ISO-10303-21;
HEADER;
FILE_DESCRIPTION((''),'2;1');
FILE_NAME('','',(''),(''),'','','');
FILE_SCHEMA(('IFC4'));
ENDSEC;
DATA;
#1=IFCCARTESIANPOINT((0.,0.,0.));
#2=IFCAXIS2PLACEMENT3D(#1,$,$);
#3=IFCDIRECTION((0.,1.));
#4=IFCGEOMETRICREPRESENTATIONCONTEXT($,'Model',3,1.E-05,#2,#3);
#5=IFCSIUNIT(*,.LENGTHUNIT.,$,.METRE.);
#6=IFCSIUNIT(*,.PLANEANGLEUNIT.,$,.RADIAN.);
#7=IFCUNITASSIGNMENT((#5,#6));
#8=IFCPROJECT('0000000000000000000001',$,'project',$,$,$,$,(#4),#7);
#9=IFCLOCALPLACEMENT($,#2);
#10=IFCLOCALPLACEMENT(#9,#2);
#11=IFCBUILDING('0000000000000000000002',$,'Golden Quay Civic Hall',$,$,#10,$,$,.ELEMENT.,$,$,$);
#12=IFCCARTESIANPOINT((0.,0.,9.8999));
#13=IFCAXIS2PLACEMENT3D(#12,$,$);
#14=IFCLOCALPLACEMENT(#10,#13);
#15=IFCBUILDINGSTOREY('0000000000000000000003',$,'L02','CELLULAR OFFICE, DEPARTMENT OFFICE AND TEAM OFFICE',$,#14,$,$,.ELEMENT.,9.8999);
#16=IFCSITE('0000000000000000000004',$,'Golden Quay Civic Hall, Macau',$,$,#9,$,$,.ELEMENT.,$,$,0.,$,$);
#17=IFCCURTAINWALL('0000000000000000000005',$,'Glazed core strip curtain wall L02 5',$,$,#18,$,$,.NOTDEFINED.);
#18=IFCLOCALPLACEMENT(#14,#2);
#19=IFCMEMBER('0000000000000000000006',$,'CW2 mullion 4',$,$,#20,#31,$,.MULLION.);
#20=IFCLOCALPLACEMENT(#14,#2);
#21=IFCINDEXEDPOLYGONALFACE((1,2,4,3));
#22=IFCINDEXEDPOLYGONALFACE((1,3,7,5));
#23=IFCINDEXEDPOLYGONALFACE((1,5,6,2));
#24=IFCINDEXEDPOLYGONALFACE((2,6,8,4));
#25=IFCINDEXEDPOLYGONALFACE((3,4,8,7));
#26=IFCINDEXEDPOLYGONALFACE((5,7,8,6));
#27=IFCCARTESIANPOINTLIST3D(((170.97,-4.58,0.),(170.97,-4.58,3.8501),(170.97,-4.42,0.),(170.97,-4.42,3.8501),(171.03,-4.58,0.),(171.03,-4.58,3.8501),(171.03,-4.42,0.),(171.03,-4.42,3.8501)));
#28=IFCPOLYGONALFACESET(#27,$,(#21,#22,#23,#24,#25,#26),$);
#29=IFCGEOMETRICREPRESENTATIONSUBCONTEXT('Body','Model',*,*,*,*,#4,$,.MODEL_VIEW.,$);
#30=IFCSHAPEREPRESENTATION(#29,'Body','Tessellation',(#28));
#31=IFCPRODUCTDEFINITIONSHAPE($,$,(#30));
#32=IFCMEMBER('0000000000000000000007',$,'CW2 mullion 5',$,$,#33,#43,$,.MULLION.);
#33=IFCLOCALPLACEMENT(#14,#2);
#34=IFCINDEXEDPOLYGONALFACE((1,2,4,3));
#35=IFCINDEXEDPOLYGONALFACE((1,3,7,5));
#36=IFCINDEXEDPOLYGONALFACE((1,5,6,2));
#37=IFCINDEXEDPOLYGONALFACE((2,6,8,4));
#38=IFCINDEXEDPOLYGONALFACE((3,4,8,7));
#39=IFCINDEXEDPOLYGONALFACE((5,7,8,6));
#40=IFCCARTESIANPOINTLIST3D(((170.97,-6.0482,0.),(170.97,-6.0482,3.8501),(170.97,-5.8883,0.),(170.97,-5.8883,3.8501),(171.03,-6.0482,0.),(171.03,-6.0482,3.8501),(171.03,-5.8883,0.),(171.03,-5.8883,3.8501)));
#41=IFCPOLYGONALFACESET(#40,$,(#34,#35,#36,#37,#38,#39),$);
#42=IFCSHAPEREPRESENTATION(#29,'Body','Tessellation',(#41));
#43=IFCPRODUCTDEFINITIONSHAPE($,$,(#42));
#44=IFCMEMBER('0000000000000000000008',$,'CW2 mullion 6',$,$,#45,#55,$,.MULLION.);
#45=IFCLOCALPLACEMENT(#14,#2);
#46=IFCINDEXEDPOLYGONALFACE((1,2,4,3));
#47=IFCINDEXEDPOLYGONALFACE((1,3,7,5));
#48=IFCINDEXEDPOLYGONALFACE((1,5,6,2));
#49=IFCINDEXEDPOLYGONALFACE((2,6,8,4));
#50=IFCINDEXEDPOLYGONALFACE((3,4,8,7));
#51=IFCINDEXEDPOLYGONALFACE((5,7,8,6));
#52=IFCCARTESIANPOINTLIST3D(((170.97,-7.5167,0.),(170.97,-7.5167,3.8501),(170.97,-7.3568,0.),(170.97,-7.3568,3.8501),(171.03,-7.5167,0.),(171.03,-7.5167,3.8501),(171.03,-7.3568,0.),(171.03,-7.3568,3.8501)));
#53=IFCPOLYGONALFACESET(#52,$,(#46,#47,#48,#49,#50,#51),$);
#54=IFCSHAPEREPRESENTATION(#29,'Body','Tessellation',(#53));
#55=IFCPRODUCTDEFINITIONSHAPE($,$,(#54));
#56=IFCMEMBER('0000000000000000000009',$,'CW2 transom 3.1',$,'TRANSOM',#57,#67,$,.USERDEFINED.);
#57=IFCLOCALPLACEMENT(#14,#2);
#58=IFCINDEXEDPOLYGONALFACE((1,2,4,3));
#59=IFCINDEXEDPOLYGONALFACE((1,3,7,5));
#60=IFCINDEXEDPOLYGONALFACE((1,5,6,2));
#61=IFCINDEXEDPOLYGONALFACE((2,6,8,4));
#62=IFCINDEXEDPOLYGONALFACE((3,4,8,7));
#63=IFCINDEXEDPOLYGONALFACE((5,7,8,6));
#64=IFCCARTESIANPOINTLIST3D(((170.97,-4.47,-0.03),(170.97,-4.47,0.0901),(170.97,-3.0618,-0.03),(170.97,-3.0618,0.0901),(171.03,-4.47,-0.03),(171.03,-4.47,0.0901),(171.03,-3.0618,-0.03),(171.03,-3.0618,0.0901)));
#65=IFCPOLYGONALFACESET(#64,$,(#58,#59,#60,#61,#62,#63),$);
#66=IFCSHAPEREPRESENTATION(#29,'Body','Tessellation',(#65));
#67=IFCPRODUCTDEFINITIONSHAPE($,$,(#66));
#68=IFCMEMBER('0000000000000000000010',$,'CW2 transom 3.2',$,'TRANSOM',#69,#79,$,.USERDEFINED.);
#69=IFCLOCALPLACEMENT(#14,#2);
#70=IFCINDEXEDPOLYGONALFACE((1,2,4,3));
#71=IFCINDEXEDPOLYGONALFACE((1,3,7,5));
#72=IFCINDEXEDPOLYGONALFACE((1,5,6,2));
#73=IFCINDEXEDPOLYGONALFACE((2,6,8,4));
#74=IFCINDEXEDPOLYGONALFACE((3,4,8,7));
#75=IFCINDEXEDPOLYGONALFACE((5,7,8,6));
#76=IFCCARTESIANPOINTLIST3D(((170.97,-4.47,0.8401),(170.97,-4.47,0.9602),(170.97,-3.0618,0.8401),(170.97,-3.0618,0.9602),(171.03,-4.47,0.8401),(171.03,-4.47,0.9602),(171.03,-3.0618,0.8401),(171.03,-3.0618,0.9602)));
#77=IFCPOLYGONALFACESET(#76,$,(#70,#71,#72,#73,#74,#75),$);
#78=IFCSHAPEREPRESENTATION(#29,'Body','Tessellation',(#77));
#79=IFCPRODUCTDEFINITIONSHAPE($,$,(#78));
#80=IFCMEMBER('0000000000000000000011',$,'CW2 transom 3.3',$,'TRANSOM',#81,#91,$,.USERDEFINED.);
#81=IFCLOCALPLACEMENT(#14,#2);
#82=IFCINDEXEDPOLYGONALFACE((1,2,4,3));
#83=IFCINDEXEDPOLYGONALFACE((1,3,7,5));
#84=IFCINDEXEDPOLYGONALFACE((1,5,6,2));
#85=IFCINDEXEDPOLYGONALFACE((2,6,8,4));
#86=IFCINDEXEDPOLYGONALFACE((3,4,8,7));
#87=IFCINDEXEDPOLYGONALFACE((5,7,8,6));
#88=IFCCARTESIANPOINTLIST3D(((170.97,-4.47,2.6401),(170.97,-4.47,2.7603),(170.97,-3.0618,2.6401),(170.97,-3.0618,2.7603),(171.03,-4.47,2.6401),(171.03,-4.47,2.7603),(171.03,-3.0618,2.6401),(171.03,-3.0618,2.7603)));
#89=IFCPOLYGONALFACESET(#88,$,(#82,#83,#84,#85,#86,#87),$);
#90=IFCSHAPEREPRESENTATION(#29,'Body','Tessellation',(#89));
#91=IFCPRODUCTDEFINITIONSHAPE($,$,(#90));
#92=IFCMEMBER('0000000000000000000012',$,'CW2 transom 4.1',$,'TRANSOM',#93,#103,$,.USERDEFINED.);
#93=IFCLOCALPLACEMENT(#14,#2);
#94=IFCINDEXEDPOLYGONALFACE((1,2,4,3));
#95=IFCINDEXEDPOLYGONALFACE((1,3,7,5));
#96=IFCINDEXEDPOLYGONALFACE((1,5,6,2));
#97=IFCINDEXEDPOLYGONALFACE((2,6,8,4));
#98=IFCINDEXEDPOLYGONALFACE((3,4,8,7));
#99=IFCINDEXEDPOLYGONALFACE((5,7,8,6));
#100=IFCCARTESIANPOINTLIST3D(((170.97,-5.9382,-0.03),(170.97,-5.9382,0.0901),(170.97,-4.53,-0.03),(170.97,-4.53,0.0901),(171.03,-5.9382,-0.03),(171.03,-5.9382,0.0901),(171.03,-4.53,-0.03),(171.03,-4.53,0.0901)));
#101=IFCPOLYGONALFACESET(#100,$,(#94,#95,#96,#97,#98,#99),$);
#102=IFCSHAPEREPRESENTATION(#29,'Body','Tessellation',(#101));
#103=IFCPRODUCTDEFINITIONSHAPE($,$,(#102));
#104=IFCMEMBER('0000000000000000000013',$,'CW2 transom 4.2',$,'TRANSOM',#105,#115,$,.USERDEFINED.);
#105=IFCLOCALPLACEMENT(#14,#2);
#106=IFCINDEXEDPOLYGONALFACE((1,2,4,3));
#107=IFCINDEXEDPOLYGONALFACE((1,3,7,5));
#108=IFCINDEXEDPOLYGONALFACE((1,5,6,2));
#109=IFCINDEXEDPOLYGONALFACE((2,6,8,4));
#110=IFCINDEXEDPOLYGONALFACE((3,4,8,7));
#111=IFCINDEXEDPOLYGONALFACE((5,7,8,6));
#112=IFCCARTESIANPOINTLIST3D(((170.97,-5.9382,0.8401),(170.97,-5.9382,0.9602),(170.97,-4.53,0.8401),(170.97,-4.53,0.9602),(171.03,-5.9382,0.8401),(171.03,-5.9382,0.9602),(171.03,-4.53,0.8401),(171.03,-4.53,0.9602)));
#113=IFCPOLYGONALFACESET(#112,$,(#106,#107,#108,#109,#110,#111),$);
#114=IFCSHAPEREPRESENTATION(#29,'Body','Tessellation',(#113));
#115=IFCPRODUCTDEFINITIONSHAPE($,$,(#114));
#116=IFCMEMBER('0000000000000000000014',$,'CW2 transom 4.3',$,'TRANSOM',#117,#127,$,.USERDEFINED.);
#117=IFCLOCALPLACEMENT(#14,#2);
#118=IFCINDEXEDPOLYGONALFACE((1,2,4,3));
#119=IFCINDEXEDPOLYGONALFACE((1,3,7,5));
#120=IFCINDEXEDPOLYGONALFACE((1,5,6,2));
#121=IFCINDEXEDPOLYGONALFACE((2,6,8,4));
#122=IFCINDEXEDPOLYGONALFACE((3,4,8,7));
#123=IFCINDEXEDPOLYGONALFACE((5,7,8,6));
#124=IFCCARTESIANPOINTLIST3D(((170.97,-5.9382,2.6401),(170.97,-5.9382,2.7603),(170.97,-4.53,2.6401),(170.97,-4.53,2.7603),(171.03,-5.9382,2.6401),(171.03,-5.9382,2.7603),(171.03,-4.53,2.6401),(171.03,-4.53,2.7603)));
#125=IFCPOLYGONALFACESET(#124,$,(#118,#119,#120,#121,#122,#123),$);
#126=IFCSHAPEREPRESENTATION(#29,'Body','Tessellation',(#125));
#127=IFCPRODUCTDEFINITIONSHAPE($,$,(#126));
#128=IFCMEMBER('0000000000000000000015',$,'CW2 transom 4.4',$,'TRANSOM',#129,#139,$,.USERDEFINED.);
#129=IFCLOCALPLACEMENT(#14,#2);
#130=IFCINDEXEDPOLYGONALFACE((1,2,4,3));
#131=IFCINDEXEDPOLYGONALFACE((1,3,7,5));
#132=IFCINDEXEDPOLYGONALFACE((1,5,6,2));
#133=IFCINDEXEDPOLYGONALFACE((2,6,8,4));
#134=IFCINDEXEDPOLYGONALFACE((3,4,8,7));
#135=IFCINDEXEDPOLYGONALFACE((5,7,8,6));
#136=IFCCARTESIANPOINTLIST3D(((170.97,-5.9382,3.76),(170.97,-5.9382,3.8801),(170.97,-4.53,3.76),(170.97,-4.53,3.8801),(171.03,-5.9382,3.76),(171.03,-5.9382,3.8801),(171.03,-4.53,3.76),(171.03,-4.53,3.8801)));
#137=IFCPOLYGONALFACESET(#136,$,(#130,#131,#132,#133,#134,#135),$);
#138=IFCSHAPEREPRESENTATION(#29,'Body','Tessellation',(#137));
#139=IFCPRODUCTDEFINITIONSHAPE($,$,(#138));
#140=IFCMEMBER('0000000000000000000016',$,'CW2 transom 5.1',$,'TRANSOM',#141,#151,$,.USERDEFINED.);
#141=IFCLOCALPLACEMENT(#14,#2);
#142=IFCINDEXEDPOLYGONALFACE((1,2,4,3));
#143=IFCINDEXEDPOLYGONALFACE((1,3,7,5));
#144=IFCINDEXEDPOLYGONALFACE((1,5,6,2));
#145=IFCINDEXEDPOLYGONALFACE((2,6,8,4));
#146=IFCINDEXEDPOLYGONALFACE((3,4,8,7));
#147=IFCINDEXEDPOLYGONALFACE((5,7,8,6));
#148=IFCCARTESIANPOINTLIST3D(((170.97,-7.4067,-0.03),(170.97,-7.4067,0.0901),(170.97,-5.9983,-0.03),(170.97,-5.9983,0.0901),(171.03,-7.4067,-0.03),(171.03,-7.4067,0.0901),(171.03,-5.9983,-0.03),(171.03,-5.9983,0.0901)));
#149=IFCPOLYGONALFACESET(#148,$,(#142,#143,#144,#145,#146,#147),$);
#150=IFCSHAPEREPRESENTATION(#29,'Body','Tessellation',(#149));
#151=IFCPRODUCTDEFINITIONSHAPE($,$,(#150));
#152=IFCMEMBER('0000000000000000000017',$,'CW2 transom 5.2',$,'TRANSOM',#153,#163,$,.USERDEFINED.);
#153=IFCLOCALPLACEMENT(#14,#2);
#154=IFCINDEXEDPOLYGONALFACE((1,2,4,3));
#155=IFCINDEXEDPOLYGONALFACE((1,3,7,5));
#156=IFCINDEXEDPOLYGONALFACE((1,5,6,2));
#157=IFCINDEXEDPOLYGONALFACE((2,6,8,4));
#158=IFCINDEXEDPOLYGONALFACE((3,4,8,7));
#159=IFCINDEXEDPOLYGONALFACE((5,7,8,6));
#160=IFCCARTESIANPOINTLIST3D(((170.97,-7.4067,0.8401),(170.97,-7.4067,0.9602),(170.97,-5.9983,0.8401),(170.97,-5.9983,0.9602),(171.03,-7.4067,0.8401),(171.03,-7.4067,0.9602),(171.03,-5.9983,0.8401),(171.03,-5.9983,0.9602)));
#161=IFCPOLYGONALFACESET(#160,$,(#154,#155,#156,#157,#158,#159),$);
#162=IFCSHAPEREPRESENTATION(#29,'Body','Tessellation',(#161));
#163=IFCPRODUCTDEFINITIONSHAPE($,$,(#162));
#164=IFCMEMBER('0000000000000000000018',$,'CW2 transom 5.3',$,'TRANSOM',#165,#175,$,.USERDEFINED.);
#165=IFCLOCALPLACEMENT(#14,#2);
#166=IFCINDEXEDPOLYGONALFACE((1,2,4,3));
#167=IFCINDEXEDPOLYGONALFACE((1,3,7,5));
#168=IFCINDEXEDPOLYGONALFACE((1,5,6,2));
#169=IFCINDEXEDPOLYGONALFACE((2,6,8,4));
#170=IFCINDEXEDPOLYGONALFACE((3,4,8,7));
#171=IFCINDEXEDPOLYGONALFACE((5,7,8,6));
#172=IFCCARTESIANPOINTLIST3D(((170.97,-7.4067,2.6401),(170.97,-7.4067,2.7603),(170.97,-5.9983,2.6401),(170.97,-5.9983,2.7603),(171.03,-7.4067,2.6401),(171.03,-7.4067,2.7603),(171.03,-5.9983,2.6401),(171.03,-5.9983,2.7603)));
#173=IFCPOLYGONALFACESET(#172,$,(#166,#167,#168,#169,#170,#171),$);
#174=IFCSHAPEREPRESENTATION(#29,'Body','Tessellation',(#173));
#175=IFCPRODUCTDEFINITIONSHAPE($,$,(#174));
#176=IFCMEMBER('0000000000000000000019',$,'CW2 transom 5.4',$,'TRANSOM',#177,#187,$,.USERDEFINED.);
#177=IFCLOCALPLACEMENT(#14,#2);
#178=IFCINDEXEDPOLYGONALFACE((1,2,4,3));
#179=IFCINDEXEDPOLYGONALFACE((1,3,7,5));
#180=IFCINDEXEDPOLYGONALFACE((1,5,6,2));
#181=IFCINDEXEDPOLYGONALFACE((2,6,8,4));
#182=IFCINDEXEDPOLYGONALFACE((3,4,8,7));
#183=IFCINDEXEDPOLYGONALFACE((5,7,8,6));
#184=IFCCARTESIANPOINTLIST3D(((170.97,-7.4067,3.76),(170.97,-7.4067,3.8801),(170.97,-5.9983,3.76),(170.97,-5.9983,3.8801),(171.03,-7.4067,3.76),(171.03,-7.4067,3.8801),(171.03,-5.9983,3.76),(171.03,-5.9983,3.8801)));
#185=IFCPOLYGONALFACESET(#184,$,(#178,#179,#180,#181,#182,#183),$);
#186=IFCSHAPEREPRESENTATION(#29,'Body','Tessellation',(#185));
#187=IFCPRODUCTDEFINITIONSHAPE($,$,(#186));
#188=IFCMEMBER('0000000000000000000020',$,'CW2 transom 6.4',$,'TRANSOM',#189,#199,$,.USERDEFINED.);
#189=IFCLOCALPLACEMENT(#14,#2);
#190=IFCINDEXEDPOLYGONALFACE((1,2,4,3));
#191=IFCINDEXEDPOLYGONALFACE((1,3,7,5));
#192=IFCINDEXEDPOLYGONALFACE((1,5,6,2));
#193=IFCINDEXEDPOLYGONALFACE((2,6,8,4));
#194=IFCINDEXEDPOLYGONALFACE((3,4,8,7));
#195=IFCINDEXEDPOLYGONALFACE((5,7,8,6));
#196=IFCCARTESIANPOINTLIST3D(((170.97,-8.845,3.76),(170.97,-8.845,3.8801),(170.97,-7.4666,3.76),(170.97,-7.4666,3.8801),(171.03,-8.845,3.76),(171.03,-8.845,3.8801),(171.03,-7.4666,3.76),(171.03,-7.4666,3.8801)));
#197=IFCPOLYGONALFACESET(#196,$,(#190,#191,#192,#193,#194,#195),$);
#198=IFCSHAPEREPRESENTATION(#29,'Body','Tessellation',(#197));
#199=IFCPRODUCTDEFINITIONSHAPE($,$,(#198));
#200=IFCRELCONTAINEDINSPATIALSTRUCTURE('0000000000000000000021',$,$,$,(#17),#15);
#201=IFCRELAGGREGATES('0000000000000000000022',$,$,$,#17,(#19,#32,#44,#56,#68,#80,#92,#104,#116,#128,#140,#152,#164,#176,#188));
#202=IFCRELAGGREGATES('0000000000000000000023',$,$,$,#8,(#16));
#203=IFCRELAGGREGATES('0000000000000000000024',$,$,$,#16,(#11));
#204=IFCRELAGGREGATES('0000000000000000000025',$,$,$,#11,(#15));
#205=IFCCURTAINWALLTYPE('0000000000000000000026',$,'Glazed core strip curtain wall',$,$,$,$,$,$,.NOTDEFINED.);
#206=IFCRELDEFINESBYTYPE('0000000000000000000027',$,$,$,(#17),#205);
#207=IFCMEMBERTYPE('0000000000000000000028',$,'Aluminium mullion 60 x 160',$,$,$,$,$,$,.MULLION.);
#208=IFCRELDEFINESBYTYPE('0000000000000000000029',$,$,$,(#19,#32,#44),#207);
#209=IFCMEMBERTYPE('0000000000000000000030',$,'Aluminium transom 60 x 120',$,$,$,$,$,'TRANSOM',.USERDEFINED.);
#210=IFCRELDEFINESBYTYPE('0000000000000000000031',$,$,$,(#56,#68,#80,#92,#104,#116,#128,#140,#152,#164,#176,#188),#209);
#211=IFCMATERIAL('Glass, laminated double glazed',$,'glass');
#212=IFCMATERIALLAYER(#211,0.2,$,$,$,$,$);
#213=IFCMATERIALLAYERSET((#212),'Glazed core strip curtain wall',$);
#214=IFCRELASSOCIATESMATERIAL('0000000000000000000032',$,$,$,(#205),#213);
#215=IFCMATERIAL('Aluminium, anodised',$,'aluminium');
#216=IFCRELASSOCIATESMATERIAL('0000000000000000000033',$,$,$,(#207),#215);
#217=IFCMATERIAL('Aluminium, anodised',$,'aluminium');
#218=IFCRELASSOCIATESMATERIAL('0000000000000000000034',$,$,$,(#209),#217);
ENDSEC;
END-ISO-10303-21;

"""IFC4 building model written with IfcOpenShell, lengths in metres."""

from ifc_helpers import new_model, si_unit, direction, frame, origin, origin_2d, place, context, subcontext, project, spatial, rectangle, extrude, material, layer, layer_set, material_profile, profile_set, type_object, element, aggregate, save


model = new_model("IFC4")

# Units and contexts
model_context = context("Model", 3, precision=1e-05, world=origin(), true_north=direction((0.0, 1.0)))
body_context = subcontext(model_context, "Body", "Model", "MODEL_VIEW")
ifc_project = project(units=[si_unit("LENGTHUNIT", "METRE"), si_unit("PLANEANGLEUNIT", "RADIAN")], contexts=[model_context])

# Site, building, storey
site_placement = place(None, origin())
site = spatial("IfcSite", under=ifc_project, at=site_placement, Name="Golden Quay Civic Hall, Macau", CompositionType="ELEMENT", RefElevation=0.0)
building_placement = place(site_placement, origin())
building = spatial("IfcBuilding", under=site, at=building_placement, Name="Golden Quay Civic Hall", CompositionType="ELEMENT")
storey_placement = place(building_placement, frame((0.0, 0.0, 9.8999)))
storey = spatial("IfcBuildingStorey", under=building, at=storey_placement, Name="L02", Description="CELLULAR OFFICE, DEPARTMENT OFFICE AND TEAM OFFICE", CompositionType="ELEMENT", Elevation=9.8999)

# Curtain wall, members
ifc_material_1 = material(Name="Glass, laminated double glazed", Category="glass")
ifc_layer_1 = layer(ifc_material_1, 0.2)
ifc_layer_set_1 = layer_set([ifc_layer_1], Name="Glazed core strip curtain wall")
curtain_wall_type = type_object("IfcCurtainWallType", Name="Glazed core strip curtain wall", PredefinedType="NOTDEFINED", material=ifc_layer_set_1)
curtain_wall_placement = place(storey_placement, origin())
curtain_wall = element("IfcCurtainWall", 1, at=curtain_wall_placement, inside=storey, type_object=curtain_wall_type, Name="Glazed core strip curtain wall L02 5", PredefinedType="NOTDEFINED")
ifc_material_2 = material(Name="Aluminium, anodised", Category="aluminium")
ifc_material_profile_1 = material_profile(ifc_material_2, rectangle(XDim=0.0601, YDim=0.1599, at=origin_2d()), Name="Aluminium 60 x 160")
ifc_profile_set_1 = profile_set([ifc_material_profile_1], Name="Aluminium, anodised")
member_type_1 = type_object("IfcMemberType", Name="Aluminium mullion 60 x 160", PredefinedType="MULLION", material=ifc_profile_set_1)
member_1_placement = place(storey_placement, frame((171.0, -4.5, 0.0), z_axis=(0.0, 0.0, 1.0), x_axis=(1.0, 0.0, 0.0)))
member_1 = element("IfcMember", 2, at=member_1_placement, type_object=member_type_1, Name="CW2 mullion 4", PredefinedType="MULLION", context=body_context, shape_type="SweptSolid", body=[
    extrude(rectangle(XDim=0.0601, YDim=0.1599, at=origin_2d()), origin(), (0.0, 0.0, 1.0), 3.8501),
])
member_2_placement = place(storey_placement, frame((171.0, -5.9683, 0.0), z_axis=(0.0, 0.0, 1.0), x_axis=(1.0, 0.0, 0.0)))
member_2 = element("IfcMember", 3, at=member_2_placement, type_object=member_type_1, Name="CW2 mullion 5", PredefinedType="MULLION", context=body_context, shape_type="SweptSolid", body=[
    extrude(rectangle(XDim=0.0601, YDim=0.1599, at=origin_2d()), origin(), (0.0, 0.0, 1.0), 3.8501),
])
member_3_placement = place(storey_placement, frame((171.0, -7.4368, 0.0), z_axis=(0.0, 0.0, 1.0), x_axis=(1.0, 0.0, 0.0)))
member_3 = element("IfcMember", 4, at=member_3_placement, type_object=member_type_1, Name="CW2 mullion 6", PredefinedType="MULLION", context=body_context, shape_type="SweptSolid", body=[
    extrude(rectangle(XDim=0.0601, YDim=0.1599, at=origin_2d()), origin(), (0.0, 0.0, 1.0), 3.8501),
])
ifc_material_3 = material(Name="Aluminium, anodised", Category="aluminium")
ifc_material_profile_2 = material_profile(ifc_material_3, rectangle(XDim=0.0601, YDim=0.1201, at=origin_2d()), Name="Aluminium 60 x 120")
ifc_profile_set_2 = profile_set([ifc_material_profile_2], Name="Aluminium, anodised")
member_type_2 = type_object("IfcMemberType", Name="Aluminium transom 60 x 120", ElementType="TRANSOM", PredefinedType="USERDEFINED", material=ifc_profile_set_2)
member_4_placement = place(storey_placement, frame((171.0, -3.0618, 0.03), z_axis=(0.0, -1.0, 0.0), x_axis=(1.0, 0.0, 0.0)))
member_4 = element("IfcMember", 5, at=member_4_placement, type_object=member_type_2, Name="CW2 transom 3.1", ObjectType="TRANSOM", PredefinedType="USERDEFINED", context=body_context, shape_type="SweptSolid", body=[
    extrude(rectangle(XDim=0.0601, YDim=0.1201, at=origin_2d()), origin(), (0.0, 0.0, 1.0), 1.4082),
])
member_5_placement = place(storey_placement, frame((171.0, -3.0618, 0.9001), z_axis=(0.0, -1.0, 0.0), x_axis=(1.0, 0.0, 0.0)))
member_5 = element("IfcMember", 6, at=member_5_placement, type_object=member_type_2, Name="CW2 transom 3.2", ObjectType="TRANSOM", PredefinedType="USERDEFINED", context=body_context, shape_type="SweptSolid", body=[
    extrude(rectangle(XDim=0.0601, YDim=0.1201, at=origin_2d()), origin(), (0.0, 0.0, 1.0), 1.4082),
])
member_6_placement = place(storey_placement, frame((171.0, -3.0618, 2.7002), z_axis=(0.0, -1.0, 0.0), x_axis=(1.0, 0.0, 0.0)))
member_6 = element("IfcMember", 7, at=member_6_placement, type_object=member_type_2, Name="CW2 transom 3.3", ObjectType="TRANSOM", PredefinedType="USERDEFINED", context=body_context, shape_type="SweptSolid", body=[
    extrude(rectangle(XDim=0.0601, YDim=0.1201, at=origin_2d()), origin(), (0.0, 0.0, 1.0), 1.4082),
])
member_7_placement = place(storey_placement, frame((171.0, -4.53, 0.03), z_axis=(0.0, -1.0, 0.0), x_axis=(1.0, 0.0, 0.0)))
member_7 = element("IfcMember", 8, at=member_7_placement, type_object=member_type_2, Name="CW2 transom 4.1", ObjectType="TRANSOM", PredefinedType="USERDEFINED", context=body_context, shape_type="SweptSolid", body=[
    extrude(rectangle(XDim=0.0601, YDim=0.1201, at=origin_2d()), origin(), (0.0, 0.0, 1.0), 1.4082),
])
member_8_placement = place(storey_placement, frame((171.0, -4.53, 0.9001), z_axis=(0.0, -1.0, 0.0), x_axis=(1.0, 0.0, 0.0)))
member_8 = element("IfcMember", 9, at=member_8_placement, type_object=member_type_2, Name="CW2 transom 4.2", ObjectType="TRANSOM", PredefinedType="USERDEFINED", context=body_context, shape_type="SweptSolid", body=[
    extrude(rectangle(XDim=0.0601, YDim=0.1201, at=origin_2d()), origin(), (0.0, 0.0, 1.0), 1.4082),
])
member_9_placement = place(storey_placement, frame((171.0, -4.53, 2.7002), z_axis=(0.0, -1.0, 0.0), x_axis=(1.0, 0.0, 0.0)))
member_9 = element("IfcMember", 10, at=member_9_placement, type_object=member_type_2, Name="CW2 transom 4.3", ObjectType="TRANSOM", PredefinedType="USERDEFINED", context=body_context, shape_type="SweptSolid", body=[
    extrude(rectangle(XDim=0.0601, YDim=0.1201, at=origin_2d()), origin(), (0.0, 0.0, 1.0), 1.4082),
])
member_10_placement = place(storey_placement, frame((171.0, -4.53, 3.8201), z_axis=(0.0, -1.0, 0.0), x_axis=(1.0, 0.0, 0.0)))
member_10 = element("IfcMember", 11, at=member_10_placement, type_object=member_type_2, Name="CW2 transom 4.4", ObjectType="TRANSOM", PredefinedType="USERDEFINED", context=body_context, shape_type="SweptSolid", body=[
    extrude(rectangle(XDim=0.0601, YDim=0.1201, at=origin_2d()), origin(), (0.0, 0.0, 1.0), 1.4082),
])
member_11_placement = place(storey_placement, frame((171.0, -5.9983, 0.03), z_axis=(0.0, -1.0, 0.0), x_axis=(1.0, 0.0, 0.0)))
member_11 = element("IfcMember", 12, at=member_11_placement, type_object=member_type_2, Name="CW2 transom 5.1", ObjectType="TRANSOM", PredefinedType="USERDEFINED", context=body_context, shape_type="SweptSolid", body=[
    extrude(rectangle(XDim=0.0601, YDim=0.1201, at=origin_2d()), origin(), (0.0, 0.0, 1.0), 1.4084),
])
member_12_placement = place(storey_placement, frame((171.0, -5.9983, 0.9001), z_axis=(0.0, -1.0, 0.0), x_axis=(1.0, 0.0, 0.0)))
member_12 = element("IfcMember", 13, at=member_12_placement, type_object=member_type_2, Name="CW2 transom 5.2", ObjectType="TRANSOM", PredefinedType="USERDEFINED", context=body_context, shape_type="SweptSolid", body=[
    extrude(rectangle(XDim=0.0601, YDim=0.1201, at=origin_2d()), origin(), (0.0, 0.0, 1.0), 1.4084),
])
member_13_placement = place(storey_placement, frame((171.0, -5.9983, 2.7002), z_axis=(0.0, -1.0, 0.0), x_axis=(1.0, 0.0, 0.0)))
member_13 = element("IfcMember", 14, at=member_13_placement, type_object=member_type_2, Name="CW2 transom 5.3", ObjectType="TRANSOM", PredefinedType="USERDEFINED", context=body_context, shape_type="SweptSolid", body=[
    extrude(rectangle(XDim=0.0601, YDim=0.1201, at=origin_2d()), origin(), (0.0, 0.0, 1.0), 1.4084),
])
member_14_placement = place(storey_placement, frame((171.0, -5.9983, 3.8201), z_axis=(0.0, -1.0, 0.0), x_axis=(1.0, 0.0, 0.0)))
member_14 = element("IfcMember", 15, at=member_14_placement, type_object=member_type_2, Name="CW2 transom 5.4", ObjectType="TRANSOM", PredefinedType="USERDEFINED", context=body_context, shape_type="SweptSolid", body=[
    extrude(rectangle(XDim=0.0601, YDim=0.1201, at=origin_2d()), origin(), (0.0, 0.0, 1.0), 1.4084),
])
member_15_placement = place(storey_placement, frame((171.0, -7.4666, 3.8201), z_axis=(0.0, -1.0, 0.0), x_axis=(1.0, 0.0, 0.0)))
member_15 = element("IfcMember", 16, at=member_15_placement, type_object=member_type_2, Name="CW2 transom 6.4", ObjectType="TRANSOM", PredefinedType="USERDEFINED", context=body_context, shape_type="SweptSolid", body=[
    extrude(rectangle(XDim=0.0601, YDim=0.1201, at=origin_2d()), origin(), (0.0, 0.0, 1.0), 1.3784),
])
aggregate(curtain_wall, [member_1, member_2, member_3, member_4, member_5, member_6, member_7, member_8, member_9, member_10, member_11, member_12, member_13, member_14, member_15])

save(model, "model.ifc")
